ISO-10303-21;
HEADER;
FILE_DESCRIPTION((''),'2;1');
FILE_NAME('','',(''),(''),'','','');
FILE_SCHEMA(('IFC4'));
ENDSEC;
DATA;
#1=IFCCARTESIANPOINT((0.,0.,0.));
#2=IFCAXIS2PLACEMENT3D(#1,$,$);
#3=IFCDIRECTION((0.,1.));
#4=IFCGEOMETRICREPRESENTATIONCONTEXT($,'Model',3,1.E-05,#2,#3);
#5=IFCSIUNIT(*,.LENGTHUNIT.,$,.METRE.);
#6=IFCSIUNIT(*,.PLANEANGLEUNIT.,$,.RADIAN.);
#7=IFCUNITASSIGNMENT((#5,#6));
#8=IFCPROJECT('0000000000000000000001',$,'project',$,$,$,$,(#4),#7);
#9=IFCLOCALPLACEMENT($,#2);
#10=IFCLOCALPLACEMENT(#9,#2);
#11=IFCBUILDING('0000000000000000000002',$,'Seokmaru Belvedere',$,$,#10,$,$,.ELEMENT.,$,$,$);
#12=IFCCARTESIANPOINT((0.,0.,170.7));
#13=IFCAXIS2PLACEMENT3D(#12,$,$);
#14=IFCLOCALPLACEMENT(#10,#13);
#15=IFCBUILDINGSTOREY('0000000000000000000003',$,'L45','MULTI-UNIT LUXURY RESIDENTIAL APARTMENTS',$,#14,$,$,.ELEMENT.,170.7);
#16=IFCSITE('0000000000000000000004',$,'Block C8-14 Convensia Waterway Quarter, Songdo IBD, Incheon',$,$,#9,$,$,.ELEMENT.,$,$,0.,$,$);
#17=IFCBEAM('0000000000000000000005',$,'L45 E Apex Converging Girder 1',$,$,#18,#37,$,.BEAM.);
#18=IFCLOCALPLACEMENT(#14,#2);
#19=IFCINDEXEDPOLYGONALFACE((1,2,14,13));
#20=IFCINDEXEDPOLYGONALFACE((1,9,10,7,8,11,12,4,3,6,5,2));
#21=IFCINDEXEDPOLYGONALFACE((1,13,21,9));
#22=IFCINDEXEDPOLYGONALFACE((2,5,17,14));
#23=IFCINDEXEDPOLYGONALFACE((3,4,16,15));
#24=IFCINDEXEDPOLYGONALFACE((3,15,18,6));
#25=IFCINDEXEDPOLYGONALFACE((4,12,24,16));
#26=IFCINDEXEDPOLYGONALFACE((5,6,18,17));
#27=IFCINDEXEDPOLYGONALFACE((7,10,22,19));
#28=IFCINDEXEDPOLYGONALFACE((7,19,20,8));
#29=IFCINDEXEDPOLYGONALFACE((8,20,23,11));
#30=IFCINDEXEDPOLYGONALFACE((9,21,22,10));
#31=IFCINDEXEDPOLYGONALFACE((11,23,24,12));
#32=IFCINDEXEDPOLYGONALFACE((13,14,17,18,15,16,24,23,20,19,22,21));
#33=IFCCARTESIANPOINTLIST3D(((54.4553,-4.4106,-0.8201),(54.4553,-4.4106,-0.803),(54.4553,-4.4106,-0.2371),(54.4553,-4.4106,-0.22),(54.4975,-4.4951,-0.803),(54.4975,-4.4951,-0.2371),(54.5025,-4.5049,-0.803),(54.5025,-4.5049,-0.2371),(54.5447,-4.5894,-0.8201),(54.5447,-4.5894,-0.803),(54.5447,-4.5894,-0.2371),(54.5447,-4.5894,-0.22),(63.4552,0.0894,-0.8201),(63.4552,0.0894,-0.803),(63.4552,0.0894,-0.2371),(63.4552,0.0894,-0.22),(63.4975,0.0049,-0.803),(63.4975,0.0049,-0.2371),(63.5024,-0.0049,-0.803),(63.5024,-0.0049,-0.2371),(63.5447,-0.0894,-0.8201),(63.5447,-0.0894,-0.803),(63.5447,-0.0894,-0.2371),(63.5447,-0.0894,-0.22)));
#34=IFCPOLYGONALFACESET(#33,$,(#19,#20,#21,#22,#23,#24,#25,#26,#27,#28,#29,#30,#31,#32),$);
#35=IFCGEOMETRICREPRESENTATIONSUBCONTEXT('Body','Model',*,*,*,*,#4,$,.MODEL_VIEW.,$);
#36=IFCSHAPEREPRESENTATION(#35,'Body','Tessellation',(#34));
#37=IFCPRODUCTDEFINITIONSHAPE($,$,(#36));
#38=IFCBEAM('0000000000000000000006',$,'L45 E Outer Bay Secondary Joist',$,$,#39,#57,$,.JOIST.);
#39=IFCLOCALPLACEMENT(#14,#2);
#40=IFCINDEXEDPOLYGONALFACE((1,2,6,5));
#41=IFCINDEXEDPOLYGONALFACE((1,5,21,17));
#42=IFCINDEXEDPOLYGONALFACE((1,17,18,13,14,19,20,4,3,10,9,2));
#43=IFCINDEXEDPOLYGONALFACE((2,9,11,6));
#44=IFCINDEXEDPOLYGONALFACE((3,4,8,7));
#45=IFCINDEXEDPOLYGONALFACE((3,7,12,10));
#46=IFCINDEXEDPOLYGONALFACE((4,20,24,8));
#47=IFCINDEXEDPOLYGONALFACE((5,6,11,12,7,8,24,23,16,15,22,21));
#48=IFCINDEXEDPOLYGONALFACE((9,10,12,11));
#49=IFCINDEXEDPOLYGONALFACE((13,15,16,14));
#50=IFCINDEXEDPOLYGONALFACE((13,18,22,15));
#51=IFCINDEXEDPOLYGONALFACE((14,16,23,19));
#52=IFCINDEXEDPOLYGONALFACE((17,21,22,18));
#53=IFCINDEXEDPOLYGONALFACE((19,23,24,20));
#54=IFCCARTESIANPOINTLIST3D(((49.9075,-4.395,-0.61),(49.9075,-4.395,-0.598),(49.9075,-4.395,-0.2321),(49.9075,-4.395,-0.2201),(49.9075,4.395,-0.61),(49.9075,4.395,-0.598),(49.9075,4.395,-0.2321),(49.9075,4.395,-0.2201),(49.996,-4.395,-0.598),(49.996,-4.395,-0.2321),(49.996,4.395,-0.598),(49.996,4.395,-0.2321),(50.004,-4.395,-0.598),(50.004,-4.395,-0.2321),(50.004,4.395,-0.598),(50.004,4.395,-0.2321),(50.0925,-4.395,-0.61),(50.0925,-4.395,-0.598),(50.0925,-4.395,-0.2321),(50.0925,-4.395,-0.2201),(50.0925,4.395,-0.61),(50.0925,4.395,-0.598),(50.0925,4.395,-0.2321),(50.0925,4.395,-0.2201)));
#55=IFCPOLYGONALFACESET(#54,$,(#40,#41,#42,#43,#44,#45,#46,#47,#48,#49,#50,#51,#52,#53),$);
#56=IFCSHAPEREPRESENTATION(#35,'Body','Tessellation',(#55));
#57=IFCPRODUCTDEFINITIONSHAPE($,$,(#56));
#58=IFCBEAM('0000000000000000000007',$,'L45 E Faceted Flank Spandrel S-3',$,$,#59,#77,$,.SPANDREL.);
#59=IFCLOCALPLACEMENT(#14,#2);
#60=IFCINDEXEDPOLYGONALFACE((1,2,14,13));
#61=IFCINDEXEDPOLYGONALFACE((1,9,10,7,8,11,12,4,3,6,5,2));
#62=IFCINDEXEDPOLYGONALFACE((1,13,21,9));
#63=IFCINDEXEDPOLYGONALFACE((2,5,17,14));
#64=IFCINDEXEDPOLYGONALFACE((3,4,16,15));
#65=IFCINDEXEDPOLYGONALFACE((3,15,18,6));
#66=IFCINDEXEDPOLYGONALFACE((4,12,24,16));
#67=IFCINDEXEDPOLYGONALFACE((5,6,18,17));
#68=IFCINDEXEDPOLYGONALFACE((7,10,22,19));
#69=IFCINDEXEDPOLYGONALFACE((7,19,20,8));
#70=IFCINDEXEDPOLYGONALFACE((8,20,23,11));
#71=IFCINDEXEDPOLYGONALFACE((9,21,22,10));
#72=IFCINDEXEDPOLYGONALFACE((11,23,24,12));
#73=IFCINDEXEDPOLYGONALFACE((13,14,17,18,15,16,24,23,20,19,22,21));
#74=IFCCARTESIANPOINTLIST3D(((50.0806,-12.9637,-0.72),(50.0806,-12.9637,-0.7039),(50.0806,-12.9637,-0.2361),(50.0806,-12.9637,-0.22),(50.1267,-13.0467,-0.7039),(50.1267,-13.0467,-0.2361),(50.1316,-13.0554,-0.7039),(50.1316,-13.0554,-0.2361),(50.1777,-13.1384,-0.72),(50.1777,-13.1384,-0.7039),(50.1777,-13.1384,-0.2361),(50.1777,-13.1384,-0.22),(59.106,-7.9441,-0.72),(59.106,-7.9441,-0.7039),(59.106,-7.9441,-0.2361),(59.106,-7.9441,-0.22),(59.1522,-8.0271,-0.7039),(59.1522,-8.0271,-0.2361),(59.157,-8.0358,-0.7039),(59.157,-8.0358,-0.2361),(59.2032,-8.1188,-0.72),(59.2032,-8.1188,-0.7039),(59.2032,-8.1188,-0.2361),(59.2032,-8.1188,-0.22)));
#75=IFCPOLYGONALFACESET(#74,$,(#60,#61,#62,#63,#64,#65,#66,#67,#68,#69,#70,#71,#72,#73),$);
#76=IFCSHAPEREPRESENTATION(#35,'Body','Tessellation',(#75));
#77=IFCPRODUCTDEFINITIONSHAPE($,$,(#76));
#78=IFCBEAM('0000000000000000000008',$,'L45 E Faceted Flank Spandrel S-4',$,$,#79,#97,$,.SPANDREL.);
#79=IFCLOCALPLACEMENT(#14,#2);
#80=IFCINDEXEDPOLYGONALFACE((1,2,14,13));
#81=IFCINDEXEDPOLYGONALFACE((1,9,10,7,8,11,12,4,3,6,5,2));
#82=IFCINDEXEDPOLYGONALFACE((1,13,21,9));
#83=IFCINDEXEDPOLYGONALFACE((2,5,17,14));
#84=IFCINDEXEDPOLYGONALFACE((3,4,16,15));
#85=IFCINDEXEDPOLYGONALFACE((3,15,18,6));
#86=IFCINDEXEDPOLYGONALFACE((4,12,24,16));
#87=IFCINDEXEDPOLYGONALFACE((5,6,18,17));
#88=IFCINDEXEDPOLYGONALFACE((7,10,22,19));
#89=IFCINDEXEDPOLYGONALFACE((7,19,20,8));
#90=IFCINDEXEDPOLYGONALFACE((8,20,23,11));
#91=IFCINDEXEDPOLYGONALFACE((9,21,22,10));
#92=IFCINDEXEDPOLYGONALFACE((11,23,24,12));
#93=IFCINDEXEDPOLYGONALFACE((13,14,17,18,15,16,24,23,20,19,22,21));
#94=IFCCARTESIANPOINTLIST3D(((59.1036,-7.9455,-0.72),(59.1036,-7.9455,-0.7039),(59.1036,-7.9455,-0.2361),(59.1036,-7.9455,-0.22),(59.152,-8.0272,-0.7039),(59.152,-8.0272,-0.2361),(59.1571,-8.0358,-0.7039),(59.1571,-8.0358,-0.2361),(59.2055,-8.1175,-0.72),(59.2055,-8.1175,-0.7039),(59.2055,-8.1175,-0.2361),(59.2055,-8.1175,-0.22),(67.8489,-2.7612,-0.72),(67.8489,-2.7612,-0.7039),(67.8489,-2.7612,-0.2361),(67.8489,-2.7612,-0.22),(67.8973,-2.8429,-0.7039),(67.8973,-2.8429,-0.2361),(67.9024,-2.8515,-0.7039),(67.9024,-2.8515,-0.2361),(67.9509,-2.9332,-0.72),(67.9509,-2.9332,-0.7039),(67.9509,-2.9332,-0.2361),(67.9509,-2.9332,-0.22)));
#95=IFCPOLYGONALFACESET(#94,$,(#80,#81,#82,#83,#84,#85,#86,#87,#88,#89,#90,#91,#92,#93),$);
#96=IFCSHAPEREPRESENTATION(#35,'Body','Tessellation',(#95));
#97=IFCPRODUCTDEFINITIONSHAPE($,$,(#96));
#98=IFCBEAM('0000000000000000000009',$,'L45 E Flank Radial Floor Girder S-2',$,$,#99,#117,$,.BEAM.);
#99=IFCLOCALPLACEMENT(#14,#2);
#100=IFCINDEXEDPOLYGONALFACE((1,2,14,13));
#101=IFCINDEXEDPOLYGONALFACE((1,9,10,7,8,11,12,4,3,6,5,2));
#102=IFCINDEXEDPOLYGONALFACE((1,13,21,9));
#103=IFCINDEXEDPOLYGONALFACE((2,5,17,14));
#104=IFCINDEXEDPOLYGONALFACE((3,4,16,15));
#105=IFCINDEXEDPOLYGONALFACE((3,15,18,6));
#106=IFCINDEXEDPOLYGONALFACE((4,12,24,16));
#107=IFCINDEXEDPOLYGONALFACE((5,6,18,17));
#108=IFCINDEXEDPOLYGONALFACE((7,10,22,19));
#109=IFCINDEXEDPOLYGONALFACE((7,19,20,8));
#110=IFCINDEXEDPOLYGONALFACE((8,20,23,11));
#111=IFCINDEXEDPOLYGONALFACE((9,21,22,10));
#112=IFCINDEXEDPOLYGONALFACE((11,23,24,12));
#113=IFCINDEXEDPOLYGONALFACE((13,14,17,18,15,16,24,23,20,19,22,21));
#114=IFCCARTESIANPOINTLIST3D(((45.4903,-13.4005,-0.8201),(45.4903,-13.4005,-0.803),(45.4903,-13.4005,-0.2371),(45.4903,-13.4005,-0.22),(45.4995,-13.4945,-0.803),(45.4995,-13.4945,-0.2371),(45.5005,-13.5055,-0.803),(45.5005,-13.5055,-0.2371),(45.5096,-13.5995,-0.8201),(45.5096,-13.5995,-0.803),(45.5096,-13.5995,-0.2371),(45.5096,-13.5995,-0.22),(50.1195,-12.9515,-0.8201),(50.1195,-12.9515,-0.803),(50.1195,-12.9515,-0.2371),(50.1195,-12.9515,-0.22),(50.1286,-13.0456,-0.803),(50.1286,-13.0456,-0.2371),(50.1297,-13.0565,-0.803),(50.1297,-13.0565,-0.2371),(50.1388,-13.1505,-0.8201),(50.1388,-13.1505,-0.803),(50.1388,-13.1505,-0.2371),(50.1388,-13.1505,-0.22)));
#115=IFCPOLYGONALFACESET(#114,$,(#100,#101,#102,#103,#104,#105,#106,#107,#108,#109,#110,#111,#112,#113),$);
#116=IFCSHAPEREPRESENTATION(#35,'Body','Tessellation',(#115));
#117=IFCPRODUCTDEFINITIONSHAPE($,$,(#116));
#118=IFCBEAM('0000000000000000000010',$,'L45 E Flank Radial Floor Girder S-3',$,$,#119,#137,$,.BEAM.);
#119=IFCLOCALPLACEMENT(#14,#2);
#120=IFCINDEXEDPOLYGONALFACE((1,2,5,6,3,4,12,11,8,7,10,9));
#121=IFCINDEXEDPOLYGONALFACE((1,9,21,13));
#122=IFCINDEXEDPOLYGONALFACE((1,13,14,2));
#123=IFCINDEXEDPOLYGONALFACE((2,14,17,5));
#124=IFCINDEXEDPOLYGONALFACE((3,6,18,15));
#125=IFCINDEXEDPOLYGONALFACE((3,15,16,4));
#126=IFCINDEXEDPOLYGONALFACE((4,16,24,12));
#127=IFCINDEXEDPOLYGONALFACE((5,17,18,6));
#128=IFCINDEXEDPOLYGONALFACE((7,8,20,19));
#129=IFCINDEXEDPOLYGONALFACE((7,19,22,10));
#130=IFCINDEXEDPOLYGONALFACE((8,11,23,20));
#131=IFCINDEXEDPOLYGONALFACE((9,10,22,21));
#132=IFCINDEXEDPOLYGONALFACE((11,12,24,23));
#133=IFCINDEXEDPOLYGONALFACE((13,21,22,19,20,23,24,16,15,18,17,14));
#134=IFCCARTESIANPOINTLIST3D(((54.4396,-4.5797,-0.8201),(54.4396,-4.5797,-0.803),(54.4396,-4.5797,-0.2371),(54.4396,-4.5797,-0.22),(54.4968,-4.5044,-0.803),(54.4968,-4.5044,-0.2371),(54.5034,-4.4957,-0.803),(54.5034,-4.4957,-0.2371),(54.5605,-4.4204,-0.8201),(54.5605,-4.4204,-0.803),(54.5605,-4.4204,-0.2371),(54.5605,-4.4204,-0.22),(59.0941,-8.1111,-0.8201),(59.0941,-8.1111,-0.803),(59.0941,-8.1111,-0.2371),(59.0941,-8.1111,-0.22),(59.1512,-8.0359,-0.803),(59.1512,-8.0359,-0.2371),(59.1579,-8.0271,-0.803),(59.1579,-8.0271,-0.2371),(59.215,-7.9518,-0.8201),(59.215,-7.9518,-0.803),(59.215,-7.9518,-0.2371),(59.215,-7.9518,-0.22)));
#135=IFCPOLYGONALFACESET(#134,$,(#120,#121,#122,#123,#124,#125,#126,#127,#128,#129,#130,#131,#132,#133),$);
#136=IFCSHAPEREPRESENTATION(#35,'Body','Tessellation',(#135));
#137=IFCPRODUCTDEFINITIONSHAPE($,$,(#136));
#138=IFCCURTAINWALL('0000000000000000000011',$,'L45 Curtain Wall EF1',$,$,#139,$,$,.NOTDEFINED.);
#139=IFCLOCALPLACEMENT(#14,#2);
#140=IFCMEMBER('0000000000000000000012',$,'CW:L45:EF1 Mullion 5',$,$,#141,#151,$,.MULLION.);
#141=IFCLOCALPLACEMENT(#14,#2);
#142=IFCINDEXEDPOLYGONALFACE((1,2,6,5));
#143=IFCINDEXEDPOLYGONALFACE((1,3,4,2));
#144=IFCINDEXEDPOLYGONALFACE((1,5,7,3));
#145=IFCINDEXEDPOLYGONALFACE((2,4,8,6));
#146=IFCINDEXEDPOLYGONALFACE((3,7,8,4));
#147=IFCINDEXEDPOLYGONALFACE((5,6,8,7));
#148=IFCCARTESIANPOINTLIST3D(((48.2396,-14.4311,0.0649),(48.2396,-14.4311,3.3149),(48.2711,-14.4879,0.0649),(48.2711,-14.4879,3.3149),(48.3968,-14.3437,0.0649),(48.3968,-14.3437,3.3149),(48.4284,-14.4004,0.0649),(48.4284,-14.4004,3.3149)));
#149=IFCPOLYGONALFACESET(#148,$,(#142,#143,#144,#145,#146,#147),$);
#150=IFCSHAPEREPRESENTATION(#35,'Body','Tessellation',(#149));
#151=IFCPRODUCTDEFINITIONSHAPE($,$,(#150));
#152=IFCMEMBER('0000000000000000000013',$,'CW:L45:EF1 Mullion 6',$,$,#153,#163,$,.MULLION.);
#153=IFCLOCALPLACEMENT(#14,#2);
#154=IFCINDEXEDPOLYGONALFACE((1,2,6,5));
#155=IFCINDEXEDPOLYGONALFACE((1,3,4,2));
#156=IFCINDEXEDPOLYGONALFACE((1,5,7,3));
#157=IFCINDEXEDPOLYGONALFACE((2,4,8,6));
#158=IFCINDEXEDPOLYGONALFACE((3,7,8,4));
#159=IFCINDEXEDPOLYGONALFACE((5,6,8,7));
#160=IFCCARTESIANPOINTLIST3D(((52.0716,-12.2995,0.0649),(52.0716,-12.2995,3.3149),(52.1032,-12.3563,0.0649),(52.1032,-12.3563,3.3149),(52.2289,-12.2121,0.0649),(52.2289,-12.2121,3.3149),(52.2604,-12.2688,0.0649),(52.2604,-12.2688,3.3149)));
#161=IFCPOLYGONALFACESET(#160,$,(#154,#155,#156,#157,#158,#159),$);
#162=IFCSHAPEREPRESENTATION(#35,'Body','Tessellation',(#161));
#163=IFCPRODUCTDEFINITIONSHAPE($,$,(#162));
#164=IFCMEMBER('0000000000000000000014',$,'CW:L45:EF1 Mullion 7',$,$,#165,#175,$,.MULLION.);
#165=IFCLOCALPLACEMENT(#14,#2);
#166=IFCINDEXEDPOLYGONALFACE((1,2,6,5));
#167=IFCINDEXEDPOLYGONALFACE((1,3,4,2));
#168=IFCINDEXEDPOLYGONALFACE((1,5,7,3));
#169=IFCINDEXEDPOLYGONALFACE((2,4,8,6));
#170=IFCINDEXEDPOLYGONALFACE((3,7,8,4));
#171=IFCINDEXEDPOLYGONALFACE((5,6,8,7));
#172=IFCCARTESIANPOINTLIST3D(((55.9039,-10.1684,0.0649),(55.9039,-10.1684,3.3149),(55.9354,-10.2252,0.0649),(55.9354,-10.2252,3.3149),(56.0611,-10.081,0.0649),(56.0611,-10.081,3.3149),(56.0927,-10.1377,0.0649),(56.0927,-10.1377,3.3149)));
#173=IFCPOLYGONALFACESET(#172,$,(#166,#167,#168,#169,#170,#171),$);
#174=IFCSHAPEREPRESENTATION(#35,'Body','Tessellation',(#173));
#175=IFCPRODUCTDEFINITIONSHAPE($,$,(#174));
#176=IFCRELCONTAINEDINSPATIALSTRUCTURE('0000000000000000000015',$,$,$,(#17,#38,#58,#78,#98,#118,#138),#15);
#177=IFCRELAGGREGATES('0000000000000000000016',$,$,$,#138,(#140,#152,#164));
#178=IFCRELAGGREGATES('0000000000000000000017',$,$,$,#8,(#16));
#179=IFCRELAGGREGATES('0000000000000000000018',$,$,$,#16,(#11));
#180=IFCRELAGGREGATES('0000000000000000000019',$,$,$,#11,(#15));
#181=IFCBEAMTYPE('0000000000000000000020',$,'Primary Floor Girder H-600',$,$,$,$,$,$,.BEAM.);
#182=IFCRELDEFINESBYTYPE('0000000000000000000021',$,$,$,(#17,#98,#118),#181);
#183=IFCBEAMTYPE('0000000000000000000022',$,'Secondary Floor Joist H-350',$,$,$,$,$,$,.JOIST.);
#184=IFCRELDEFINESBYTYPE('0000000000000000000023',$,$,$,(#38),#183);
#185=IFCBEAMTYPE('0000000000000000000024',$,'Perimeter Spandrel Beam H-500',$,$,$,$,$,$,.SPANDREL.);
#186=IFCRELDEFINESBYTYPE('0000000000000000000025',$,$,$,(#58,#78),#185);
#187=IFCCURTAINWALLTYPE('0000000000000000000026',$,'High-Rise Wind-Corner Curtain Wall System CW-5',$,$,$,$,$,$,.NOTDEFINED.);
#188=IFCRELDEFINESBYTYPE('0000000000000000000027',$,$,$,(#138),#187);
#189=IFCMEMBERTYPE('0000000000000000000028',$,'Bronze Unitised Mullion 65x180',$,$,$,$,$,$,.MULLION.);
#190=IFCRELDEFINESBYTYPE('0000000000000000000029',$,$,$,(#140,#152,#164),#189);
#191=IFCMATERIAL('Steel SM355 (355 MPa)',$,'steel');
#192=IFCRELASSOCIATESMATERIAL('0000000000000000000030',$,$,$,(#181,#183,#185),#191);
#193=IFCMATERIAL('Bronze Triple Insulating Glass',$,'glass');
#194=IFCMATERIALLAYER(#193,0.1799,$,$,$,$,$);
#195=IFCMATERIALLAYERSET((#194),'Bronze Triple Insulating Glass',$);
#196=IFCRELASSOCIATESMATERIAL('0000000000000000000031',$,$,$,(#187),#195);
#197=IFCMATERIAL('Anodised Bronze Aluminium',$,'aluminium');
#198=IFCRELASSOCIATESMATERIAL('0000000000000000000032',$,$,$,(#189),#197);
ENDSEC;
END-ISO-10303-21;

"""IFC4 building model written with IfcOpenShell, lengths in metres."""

from ifc_helpers import new_model, si_unit, direction, frame, origin, origin_2d, place, context, subcontext, project, spatial, rectangle, i_section, extrude, source, transform, mapped, material, layer, layer_set, material_profile, profile_set, type_object, type_shapes, element, aggregate, save


model = new_model("IFC4")

# Units and contexts
model_context = context("Model", 3, precision=1e-05, world=origin(), true_north=direction((0.0, 1.0)))
body_context = subcontext(model_context, "Body", "Model", "MODEL_VIEW")
ifc_project = project(units=[si_unit("LENGTHUNIT", "METRE"), si_unit("PLANEANGLEUNIT", "RADIAN")], contexts=[model_context])

# Site, building, storey
site_placement = place(None, origin())
site = spatial("IfcSite", under=ifc_project, at=site_placement, Name="Block C8-14 Convensia Waterway Quarter, Songdo IBD, Incheon", CompositionType="ELEMENT", RefElevation=0.0)
building_placement = place(site_placement, origin())
building = spatial("IfcBuilding", under=site, at=building_placement, Name="Seokmaru Belvedere", CompositionType="ELEMENT")
storey_placement = place(building_placement, frame((0.0, 0.0, 170.7)))
storey = spatial("IfcBuildingStorey", under=building, at=storey_placement, Name="L45", Description="MULTI-UNIT LUXURY RESIDENTIAL APARTMENTS", CompositionType="ELEMENT", Elevation=170.7)

# Shared definitions
ifc_material_1 = material(Name="Steel SM355 (355 MPa)", Category="steel")

# Beams
ifc_material_profile_1 = material_profile(ifc_material_1, i_section(OverallWidth=0.2, OverallDepth=0.6001, WebThickness=0.011, FlangeThickness=0.0171, at=origin_2d()), Name="H-600x200x11x17")
ifc_profile_set_1 = profile_set([ifc_material_profile_1], Name="Steel SM355 (355 MPa)")
beam_type_1 = type_object("IfcBeamType", Name="Primary Floor Girder H-600", PredefinedType="BEAM", material=ifc_profile_set_1)
shared_shape_1 = source(origin(), body_context, "Body", "SweptSolid", [
    extrude(i_section(OverallWidth=0.2, OverallDepth=0.6001, WebThickness=0.011, FlangeThickness=0.0171, at=origin_2d()), origin(), (0.0, 0.0, 1.0), 10.0623),
])
beam_1_placement = place(storey_placement, frame((54.5, -4.5, -0.52), z_axis=(0.894427, 0.447214, 0.0), x_axis=(-0.447214, 0.894427, 0.0)))
element("IfcBeam", 1, at=beam_1_placement, inside=storey, type_object=beam_type_1, Name="L45 E Apex Converging Girder 1", PredefinedType="BEAM", context=body_context, shape_type="MappedRepresentation", body=[
    mapped(shared_shape_1, transform((0.0, 0.0, 0.0), scale=1.0)),
])
ifc_material_profile_2 = material_profile(ifc_material_1, i_section(OverallWidth=0.1851, OverallDepth=0.3899, WebThickness=0.0081, FlangeThickness=0.012, at=origin_2d()), Name="H-390x185x8x12")
ifc_profile_set_2 = profile_set([ifc_material_profile_2], Name="Steel SM355 (355 MPa)")
beam_type_2 = type_object("IfcBeamType", Name="Secondary Floor Joist H-350", PredefinedType="JOIST", material=ifc_profile_set_2)
shared_shape_2 = source(origin(), body_context, "Body", "SweptSolid", [
    extrude(i_section(OverallWidth=0.1851, OverallDepth=0.3899, WebThickness=0.0081, FlangeThickness=0.012, at=origin_2d()), origin(), (0.0, 0.0, 1.0), 8.79),
])
type_shapes(beam_type_2, [shared_shape_2])
beam_2_placement = place(storey_placement, frame((50.0, -4.395, -0.415), z_axis=(0.0, 1.0, 0.0), x_axis=(-1.0, 0.0, 0.0)))
element("IfcBeam", 2, at=beam_2_placement, inside=storey, type_object=beam_type_2, Name="L45 E Outer Bay Secondary Joist", PredefinedType="JOIST", context=body_context, shape_type="MappedRepresentation", body=[
    mapped(shared_shape_2, transform((0.0, 0.0, 0.0), scale=1.0)),
])
ifc_material_profile_3 = material_profile(ifc_material_1, i_section(OverallWidth=0.2, OverallDepth=0.5, WebThickness=0.01, FlangeThickness=0.0161, at=origin_2d()), Name="H-500x200x10x16")
ifc_profile_set_3 = profile_set([ifc_material_profile_3], Name="Steel SM355 (355 MPa)")
beam_type_3 = type_object("IfcBeamType", Name="Perimeter Spandrel Beam H-500", PredefinedType="SPANDREL", material=ifc_profile_set_3)
shared_shape_3 = source(origin(), body_context, "Body", "SweptSolid", [
    extrude(i_section(OverallWidth=0.2, OverallDepth=0.5, WebThickness=0.01, FlangeThickness=0.0161, at=origin_2d()), origin(), (0.0, 0.0, 1.0), 10.3274),
])
beam_3_placement = place(storey_placement, frame((50.1292, -13.051, -0.47), z_axis=(0.873934, 0.486044, 0.0), x_axis=(-0.486044, 0.873934, 0.0)))
element("IfcBeam", 3, at=beam_3_placement, inside=storey, type_object=beam_type_3, Name="L45 E Faceted Flank Spandrel S-3", PredefinedType="SPANDREL", context=body_context, shape_type="MappedRepresentation", body=[
    mapped(shared_shape_3, transform((0.0, 0.0, 0.0), scale=1.0)),
])
shared_shape_4 = source(origin(), body_context, "Body", "SweptSolid", [
    extrude(i_section(OverallWidth=0.2, OverallDepth=0.5, WebThickness=0.01, FlangeThickness=0.0161, at=origin_2d()), origin(), (0.0, 0.0, 1.0), 10.1665),
])
type_shapes(beam_type_3, [shared_shape_3, shared_shape_4])
beam_4_placement = place(storey_placement, frame((59.1545, -8.0315, -0.47), z_axis=(0.86021, 0.50994, 0.0), x_axis=(-0.50994, 0.86021, 0.0)))
element("IfcBeam", 4, at=beam_4_placement, inside=storey, type_object=beam_type_3, Name="L45 E Faceted Flank Spandrel S-4", PredefinedType="SPANDREL", context=body_context, shape_type="MappedRepresentation", body=[
    mapped(shared_shape_4, transform((0.0, 0.0, 0.0), scale=1.0)),
])
shared_shape_5 = source(origin(), body_context, "Body", "SweptSolid", [
    extrude(i_section(OverallWidth=0.2, OverallDepth=0.6001, WebThickness=0.011, FlangeThickness=0.0171, at=origin_2d()), origin(), (0.0, 0.0, 1.0), 4.6509),
])
beam_5_placement = place(storey_placement, frame((50.1292, -13.051, -0.52), z_axis=(-0.99533, -0.096536, 0.0), x_axis=(0.096536, -0.99533, 0.0)))
element("IfcBeam", 5, at=beam_5_placement, inside=storey, type_object=beam_type_1, Name="L45 E Flank Radial Floor Girder S-2", PredefinedType="BEAM", context=body_context, shape_type="MappedRepresentation", body=[
    mapped(shared_shape_5, transform((0.0, 0.0, 0.0), scale=1.0)),
])
shared_shape_6 = source(origin(), body_context, "Body", "SweptSolid", [
    extrude(i_section(OverallWidth=0.2, OverallDepth=0.6001, WebThickness=0.011, FlangeThickness=0.0171, at=origin_2d()), origin(), (0.0, 0.0, 1.0), 5.8425),
])
beam_6_placement = place(storey_placement, frame((59.1545, -8.0315, -0.52), z_axis=(-0.796653, 0.604437, 0.0), x_axis=(-0.604437, -0.796653, 0.0)))
element("IfcBeam", 6, at=beam_6_placement, inside=storey, type_object=beam_type_1, Name="L45 E Flank Radial Floor Girder S-3", PredefinedType="BEAM", context=body_context, shape_type="MappedRepresentation", body=[
    mapped(shared_shape_6, transform((0.0, 0.0, 0.0), scale=1.0)),
])

# Curtain wall, members
ifc_material_2 = material(Name="Bronze Triple Insulating Glass", Category="glass")
ifc_layer_1 = layer(ifc_material_2, 0.1799)
ifc_layer_set_1 = layer_set([ifc_layer_1], Name="Bronze Triple Insulating Glass")
curtain_wall_type = type_object("IfcCurtainWallType", Name="High-Rise Wind-Corner Curtain Wall System CW-5", PredefinedType="NOTDEFINED", material=ifc_layer_set_1)
curtain_wall_placement = place(storey_placement, origin())
curtain_wall = element("IfcCurtainWall", 7, at=curtain_wall_placement, inside=storey, type_object=curtain_wall_type, Name="L45 Curtain Wall EF1", PredefinedType="NOTDEFINED")
ifc_material_3 = material(Name="Anodised Bronze Aluminium", Category="aluminium")
ifc_material_profile_4 = material_profile(ifc_material_3, rectangle(XDim=0.0649, YDim=0.1799, at=origin_2d()), Name="CW-M-65x180")
ifc_profile_set_4 = profile_set([ifc_material_profile_4], Name="Anodised Bronze Aluminium")
member_type = type_object("IfcMemberType", Name="Bronze Unitised Mullion 65x180", PredefinedType="MULLION", material=ifc_profile_set_4)
shared_shape_7 = source(origin(), body_context, "Body", "SweptSolid", [
    extrude(rectangle(XDim=0.0649, YDim=0.1799, at=origin_2d()), origin(), (0.0, 0.0, 1.0), 3.25),
])
member_1_placement = place(storey_placement, frame((48.334, -14.4158, 0.0649), z_axis=(0.0, 0.0, 1.0), x_axis=(-0.486047, 0.873933, 0.0)))
member_1 = element("IfcMember", 8, at=member_1_placement, type_object=member_type, Name="CW:L45:EF1 Mullion 5", PredefinedType="MULLION", context=body_context, shape_type="MappedRepresentation", body=[
    mapped(shared_shape_7, transform((0.0, 0.0, 0.0), scale=1.0)),
])
member_2_placement = place(storey_placement, frame((52.166, -12.2842, 0.0649), z_axis=(0.0, 0.0, 1.0), x_axis=(-0.486047, 0.873933, 0.0)))
member_2 = element("IfcMember", 9, at=member_2_placement, type_object=member_type, Name="CW:L45:EF1 Mullion 6", PredefinedType="MULLION", context=body_context, shape_type="MappedRepresentation", body=[
    mapped(shared_shape_7, transform((0.0, 0.0, 0.0), scale=1.0)),
])
member_3_placement = place(storey_placement, frame((55.9983, -10.1531, 0.0649), z_axis=(0.0, 0.0, 1.0), x_axis=(-0.486047, 0.873933, 0.0)))
member_3 = element("IfcMember", 10, at=member_3_placement, type_object=member_type, Name="CW:L45:EF1 Mullion 7", PredefinedType="MULLION", context=body_context, shape_type="MappedRepresentation", body=[
    mapped(shared_shape_7, transform((0.0, 0.0, 0.0), scale=1.0)),
])
aggregate(curtain_wall, [member_1, member_2, member_3])

save(model, "model.ifc")
